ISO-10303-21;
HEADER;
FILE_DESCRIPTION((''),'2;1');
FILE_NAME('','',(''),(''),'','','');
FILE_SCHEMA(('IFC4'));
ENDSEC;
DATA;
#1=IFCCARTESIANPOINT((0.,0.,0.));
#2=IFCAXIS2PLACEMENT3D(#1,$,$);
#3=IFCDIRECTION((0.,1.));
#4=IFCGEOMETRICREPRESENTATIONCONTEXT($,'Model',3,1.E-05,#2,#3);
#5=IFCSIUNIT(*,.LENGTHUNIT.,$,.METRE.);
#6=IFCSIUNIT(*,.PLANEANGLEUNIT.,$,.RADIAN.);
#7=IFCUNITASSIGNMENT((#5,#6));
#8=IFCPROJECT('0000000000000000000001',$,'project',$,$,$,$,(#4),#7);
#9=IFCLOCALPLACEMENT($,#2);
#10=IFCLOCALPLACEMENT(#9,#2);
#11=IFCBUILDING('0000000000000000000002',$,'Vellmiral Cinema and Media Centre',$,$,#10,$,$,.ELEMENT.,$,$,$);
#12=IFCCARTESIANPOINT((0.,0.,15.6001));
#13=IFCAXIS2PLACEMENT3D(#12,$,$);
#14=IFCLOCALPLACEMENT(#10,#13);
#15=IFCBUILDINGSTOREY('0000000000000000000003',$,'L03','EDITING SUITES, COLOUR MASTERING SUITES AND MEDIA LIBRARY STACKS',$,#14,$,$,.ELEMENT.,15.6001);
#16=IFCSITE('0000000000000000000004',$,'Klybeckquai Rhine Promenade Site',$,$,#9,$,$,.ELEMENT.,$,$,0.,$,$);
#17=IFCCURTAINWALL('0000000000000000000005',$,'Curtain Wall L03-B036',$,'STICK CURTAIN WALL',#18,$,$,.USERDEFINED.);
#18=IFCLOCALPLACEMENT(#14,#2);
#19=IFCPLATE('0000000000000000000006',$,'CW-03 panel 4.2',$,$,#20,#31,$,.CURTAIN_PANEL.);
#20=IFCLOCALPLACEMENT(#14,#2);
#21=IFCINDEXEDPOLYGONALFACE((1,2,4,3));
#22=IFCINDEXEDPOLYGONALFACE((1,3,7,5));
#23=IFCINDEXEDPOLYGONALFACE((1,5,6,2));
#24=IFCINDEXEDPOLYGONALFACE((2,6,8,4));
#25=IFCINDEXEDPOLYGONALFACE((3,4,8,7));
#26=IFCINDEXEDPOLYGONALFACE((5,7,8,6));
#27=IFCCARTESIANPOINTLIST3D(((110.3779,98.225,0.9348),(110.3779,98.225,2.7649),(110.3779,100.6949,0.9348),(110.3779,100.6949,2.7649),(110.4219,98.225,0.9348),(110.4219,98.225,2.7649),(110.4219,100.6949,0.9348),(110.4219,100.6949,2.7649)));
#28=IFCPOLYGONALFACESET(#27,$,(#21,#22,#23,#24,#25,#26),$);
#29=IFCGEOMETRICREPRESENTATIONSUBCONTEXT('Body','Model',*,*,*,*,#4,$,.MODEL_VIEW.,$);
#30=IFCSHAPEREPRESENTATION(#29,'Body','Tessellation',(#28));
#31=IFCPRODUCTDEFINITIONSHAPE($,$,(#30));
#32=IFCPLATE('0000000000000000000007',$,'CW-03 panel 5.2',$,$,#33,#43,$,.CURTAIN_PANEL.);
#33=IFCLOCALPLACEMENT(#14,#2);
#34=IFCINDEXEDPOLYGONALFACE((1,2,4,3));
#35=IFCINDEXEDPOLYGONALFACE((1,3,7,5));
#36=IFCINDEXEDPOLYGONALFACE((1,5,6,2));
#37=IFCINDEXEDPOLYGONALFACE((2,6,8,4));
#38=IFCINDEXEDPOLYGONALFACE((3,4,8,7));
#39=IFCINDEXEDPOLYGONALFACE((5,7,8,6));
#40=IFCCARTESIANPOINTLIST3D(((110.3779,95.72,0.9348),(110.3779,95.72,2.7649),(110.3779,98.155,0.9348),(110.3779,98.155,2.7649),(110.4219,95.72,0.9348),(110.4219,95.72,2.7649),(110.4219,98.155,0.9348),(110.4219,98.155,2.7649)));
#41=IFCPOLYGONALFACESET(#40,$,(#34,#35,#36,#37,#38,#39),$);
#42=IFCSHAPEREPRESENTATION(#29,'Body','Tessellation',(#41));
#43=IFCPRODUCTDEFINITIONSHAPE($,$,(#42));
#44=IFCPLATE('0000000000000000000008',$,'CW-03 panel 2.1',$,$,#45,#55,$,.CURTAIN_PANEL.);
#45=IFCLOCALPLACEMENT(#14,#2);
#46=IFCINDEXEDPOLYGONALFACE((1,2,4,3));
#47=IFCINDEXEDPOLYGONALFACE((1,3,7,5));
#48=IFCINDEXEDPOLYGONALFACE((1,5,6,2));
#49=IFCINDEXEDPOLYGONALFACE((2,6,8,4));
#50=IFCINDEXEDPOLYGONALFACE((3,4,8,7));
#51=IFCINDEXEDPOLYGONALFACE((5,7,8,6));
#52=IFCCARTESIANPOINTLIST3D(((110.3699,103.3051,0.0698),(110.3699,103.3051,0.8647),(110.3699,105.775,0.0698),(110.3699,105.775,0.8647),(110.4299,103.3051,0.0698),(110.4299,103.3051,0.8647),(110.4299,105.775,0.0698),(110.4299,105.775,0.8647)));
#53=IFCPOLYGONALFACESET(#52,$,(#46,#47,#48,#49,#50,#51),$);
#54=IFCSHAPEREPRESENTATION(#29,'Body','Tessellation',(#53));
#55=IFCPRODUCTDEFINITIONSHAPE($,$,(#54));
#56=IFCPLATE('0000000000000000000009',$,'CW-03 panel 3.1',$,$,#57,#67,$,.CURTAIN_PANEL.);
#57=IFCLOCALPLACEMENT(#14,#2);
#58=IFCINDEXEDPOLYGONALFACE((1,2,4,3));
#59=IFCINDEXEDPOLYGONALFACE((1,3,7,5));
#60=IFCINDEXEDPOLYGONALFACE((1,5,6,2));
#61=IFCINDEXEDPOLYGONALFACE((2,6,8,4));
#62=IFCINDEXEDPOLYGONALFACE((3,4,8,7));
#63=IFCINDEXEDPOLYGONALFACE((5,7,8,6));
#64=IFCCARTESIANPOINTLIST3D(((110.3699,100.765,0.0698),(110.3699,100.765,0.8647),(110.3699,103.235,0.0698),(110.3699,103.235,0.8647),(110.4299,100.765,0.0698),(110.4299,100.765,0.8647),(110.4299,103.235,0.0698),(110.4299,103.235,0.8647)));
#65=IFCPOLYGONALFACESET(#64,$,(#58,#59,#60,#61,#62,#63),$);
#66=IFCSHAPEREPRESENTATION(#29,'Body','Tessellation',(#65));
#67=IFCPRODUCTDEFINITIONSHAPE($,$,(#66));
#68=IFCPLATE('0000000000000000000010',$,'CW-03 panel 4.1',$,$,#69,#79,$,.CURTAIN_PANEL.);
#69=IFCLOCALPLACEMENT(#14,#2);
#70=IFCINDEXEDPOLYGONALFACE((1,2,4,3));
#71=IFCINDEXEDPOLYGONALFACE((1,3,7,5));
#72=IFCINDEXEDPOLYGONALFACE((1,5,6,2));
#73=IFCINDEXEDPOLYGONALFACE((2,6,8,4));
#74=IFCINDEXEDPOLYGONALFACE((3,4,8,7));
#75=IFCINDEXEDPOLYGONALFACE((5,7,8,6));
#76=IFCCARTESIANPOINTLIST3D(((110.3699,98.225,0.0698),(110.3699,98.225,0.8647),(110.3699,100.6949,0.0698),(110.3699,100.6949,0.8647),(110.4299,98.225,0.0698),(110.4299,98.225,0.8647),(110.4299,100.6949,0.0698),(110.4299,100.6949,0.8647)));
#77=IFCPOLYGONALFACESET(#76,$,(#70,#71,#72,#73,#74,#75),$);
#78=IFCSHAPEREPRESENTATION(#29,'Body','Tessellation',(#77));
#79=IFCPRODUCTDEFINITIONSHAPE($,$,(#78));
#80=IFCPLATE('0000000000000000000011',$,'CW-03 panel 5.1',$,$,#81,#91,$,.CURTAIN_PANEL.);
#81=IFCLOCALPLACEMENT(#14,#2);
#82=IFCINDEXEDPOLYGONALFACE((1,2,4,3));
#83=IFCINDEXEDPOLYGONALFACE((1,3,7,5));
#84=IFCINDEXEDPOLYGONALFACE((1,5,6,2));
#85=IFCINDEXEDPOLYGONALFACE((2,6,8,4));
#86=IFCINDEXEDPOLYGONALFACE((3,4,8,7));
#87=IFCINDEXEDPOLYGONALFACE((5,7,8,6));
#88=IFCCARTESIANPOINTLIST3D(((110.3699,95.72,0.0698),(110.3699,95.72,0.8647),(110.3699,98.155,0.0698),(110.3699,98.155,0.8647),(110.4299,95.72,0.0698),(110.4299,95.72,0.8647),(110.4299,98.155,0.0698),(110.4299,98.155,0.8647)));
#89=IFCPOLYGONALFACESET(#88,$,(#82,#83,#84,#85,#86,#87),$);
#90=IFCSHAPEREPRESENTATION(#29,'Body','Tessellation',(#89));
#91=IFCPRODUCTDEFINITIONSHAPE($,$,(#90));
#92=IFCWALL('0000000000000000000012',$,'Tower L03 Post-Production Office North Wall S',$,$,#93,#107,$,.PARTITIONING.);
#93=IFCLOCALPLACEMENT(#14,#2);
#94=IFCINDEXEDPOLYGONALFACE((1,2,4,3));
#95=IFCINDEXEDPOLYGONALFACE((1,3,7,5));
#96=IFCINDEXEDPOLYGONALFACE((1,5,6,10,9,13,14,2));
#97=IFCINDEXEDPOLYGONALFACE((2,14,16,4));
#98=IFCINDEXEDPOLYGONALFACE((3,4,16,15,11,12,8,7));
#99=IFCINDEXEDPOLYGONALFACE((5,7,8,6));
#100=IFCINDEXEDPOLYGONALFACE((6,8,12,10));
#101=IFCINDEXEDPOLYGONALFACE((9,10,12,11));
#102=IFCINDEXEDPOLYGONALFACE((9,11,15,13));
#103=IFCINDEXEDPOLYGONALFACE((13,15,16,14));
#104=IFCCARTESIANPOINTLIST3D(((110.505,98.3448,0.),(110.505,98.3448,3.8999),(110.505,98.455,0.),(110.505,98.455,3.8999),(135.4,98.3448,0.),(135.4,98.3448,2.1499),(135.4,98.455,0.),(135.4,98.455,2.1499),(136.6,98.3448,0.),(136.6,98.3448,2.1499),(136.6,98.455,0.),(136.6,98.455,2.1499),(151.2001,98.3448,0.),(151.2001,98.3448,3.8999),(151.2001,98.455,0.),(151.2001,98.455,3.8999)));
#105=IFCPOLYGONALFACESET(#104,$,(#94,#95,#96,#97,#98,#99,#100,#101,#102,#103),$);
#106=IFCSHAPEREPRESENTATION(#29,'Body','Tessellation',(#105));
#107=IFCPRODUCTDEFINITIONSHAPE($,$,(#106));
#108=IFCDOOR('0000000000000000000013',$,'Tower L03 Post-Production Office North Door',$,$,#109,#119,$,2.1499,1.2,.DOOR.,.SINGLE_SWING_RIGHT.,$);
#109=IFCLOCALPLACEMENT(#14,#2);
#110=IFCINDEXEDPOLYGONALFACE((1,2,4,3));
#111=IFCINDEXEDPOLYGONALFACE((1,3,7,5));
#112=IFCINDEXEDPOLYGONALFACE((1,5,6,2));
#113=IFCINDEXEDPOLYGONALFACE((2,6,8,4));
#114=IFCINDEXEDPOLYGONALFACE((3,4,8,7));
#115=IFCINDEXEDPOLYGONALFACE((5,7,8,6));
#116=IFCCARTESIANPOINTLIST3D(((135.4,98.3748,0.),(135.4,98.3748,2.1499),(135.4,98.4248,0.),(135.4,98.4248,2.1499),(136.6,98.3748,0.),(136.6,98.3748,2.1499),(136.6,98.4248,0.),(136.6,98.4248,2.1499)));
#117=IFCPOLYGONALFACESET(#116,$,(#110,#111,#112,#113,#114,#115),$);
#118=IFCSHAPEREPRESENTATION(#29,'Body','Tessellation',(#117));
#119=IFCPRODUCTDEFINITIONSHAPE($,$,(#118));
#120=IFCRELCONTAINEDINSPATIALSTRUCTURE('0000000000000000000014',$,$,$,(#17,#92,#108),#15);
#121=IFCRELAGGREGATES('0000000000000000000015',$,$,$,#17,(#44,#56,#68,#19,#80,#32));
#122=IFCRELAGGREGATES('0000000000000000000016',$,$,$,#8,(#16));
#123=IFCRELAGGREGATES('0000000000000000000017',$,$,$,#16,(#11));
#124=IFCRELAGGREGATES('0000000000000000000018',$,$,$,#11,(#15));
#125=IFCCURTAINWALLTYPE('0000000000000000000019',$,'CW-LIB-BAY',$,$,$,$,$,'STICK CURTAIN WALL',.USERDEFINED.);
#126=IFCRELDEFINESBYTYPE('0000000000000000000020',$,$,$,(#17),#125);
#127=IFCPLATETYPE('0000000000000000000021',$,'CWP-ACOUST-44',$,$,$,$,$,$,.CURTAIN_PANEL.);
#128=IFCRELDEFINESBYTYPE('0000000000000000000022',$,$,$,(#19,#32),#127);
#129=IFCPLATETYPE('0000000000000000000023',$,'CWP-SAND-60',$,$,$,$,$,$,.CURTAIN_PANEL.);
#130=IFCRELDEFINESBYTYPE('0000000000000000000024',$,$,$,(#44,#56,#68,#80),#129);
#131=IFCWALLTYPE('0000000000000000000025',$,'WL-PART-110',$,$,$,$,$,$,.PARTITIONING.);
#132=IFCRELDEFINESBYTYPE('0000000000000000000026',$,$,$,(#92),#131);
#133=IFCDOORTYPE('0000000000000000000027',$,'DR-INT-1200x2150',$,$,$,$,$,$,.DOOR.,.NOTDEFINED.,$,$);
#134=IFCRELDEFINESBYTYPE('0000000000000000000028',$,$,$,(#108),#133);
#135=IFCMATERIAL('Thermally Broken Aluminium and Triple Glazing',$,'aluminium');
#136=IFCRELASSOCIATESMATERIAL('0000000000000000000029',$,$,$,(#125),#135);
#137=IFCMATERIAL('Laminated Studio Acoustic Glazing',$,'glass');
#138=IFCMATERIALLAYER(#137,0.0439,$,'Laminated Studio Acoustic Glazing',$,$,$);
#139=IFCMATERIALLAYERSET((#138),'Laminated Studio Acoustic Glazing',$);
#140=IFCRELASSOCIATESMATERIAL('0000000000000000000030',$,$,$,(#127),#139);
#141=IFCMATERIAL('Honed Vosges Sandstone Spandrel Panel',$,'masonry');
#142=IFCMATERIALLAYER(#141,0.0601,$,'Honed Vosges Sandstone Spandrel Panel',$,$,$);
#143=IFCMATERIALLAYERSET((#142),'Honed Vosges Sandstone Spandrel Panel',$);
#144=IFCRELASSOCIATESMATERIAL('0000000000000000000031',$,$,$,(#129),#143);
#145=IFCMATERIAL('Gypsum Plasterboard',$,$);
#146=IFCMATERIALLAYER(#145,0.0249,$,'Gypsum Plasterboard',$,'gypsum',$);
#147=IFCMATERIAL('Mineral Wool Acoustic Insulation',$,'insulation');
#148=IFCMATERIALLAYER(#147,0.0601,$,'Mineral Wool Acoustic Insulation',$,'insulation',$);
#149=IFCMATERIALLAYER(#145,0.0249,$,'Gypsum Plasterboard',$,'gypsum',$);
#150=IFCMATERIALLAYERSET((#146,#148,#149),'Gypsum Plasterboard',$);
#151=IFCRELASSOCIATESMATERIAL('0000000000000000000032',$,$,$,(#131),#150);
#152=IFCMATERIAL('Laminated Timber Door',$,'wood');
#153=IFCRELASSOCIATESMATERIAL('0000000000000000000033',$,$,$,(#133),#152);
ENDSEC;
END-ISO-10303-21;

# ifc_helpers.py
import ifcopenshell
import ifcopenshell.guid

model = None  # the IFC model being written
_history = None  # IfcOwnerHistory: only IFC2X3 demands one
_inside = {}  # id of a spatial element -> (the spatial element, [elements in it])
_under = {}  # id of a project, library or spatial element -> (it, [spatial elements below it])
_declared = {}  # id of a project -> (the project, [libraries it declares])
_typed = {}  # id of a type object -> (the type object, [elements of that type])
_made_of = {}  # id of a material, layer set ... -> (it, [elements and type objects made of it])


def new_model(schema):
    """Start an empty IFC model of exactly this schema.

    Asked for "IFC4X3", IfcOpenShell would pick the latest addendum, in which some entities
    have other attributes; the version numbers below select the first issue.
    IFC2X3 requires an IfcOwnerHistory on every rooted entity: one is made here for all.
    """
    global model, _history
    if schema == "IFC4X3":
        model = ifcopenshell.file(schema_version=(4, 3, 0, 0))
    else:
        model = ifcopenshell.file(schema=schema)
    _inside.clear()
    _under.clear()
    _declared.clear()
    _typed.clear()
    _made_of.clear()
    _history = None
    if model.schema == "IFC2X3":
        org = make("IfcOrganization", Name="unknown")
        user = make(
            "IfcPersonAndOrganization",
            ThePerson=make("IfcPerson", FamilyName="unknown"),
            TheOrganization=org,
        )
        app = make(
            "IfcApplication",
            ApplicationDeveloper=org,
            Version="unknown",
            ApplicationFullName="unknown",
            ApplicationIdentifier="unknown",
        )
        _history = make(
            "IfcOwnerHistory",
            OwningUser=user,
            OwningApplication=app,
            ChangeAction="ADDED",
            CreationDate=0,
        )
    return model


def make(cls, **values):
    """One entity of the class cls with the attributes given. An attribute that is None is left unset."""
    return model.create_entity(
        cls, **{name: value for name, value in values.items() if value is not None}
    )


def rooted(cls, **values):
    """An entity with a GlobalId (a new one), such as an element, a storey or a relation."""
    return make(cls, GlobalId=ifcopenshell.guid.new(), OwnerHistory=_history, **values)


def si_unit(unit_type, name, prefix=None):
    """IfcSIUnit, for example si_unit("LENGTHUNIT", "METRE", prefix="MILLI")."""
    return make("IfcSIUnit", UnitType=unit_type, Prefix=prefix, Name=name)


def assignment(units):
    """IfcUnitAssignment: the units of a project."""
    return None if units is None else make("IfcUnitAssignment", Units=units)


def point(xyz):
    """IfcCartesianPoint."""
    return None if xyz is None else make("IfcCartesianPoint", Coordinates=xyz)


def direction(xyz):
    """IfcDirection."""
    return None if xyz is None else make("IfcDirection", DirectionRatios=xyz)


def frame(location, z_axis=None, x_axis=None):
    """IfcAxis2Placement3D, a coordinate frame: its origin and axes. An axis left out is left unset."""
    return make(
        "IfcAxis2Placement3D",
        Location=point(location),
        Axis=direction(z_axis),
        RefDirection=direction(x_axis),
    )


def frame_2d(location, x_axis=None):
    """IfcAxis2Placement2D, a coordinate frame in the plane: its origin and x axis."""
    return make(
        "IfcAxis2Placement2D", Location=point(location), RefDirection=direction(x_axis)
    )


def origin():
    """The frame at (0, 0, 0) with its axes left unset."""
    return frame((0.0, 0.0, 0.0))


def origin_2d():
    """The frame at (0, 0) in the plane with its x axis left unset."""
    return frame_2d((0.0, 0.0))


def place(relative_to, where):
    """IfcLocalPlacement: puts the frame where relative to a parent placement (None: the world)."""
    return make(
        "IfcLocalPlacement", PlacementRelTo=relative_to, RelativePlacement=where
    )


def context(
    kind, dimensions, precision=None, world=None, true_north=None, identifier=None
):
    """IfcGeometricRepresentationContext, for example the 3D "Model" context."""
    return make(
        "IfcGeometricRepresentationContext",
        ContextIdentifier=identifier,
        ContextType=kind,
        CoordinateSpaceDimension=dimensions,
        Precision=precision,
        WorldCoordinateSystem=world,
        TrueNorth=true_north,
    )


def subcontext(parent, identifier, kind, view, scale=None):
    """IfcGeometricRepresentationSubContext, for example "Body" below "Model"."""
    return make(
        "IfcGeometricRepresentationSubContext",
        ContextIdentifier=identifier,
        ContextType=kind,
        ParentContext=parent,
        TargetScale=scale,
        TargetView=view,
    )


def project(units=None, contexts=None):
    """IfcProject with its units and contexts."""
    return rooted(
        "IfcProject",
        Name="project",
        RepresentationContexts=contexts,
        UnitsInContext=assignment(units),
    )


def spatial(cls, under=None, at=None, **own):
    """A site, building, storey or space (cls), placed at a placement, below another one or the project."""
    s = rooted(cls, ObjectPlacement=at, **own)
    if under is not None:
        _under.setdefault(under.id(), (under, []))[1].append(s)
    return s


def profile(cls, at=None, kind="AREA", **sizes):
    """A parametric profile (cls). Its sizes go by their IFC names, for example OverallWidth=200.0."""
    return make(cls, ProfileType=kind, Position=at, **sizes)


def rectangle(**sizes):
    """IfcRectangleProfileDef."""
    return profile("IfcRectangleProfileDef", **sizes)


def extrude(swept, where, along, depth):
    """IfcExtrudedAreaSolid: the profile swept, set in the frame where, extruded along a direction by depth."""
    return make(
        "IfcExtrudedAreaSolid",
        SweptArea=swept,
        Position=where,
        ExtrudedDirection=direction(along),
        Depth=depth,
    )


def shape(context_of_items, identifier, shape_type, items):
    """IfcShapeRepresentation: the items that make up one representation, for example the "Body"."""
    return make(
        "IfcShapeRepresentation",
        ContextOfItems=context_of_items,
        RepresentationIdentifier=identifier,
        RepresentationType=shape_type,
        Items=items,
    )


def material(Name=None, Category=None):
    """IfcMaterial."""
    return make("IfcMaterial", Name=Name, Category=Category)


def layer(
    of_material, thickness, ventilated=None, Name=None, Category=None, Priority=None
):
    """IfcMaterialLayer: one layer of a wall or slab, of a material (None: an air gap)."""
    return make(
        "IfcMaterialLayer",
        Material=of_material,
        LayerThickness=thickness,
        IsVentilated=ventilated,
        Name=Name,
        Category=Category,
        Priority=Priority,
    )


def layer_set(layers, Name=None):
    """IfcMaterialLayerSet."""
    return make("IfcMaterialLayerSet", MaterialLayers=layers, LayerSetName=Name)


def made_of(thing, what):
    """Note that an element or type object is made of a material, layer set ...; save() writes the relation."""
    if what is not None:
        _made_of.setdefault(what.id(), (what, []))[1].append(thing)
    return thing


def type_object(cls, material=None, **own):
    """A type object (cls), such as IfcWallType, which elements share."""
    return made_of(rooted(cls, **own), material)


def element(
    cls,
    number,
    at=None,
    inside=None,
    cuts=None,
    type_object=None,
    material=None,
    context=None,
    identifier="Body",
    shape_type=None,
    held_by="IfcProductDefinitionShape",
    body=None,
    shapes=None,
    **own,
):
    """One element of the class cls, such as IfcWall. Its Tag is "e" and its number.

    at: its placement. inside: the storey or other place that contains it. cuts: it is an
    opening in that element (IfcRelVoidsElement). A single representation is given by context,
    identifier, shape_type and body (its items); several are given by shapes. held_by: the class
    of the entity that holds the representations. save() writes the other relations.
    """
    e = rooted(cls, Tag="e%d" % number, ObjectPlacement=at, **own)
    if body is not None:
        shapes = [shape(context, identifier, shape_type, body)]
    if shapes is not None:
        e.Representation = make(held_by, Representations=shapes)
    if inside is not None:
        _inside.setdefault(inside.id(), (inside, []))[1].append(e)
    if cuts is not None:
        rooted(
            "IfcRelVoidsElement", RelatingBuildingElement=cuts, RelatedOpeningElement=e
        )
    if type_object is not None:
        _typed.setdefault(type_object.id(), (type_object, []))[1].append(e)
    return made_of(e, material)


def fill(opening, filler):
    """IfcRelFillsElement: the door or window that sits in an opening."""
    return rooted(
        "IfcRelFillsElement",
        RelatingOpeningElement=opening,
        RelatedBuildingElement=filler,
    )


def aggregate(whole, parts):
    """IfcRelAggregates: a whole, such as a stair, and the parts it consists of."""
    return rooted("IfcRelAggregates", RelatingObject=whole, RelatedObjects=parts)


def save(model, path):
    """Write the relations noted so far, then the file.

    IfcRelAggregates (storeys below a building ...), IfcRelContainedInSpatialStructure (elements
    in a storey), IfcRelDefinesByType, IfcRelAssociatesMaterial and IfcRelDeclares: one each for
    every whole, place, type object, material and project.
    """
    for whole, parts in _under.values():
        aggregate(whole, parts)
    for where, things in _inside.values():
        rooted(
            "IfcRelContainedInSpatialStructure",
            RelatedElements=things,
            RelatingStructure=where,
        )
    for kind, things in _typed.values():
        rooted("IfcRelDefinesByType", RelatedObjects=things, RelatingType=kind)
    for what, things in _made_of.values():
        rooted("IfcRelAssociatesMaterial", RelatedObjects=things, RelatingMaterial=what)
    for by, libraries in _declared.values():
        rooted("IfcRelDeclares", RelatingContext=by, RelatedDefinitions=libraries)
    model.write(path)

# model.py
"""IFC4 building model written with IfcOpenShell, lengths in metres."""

from ifc_helpers import new_model, si_unit, direction, frame, frame_2d, origin, origin_2d, place, context, subcontext, project, spatial, rectangle, extrude, material, layer, layer_set, type_object, element, fill, aggregate, save


model = new_model("IFC4")

# Units and contexts
model_context = context("Model", 3, precision=1e-05, world=origin(), true_north=direction((0.0, 1.0)))
body_context = subcontext(model_context, "Body", "Model", "MODEL_VIEW")
ifc_project = project(units=[si_unit("LENGTHUNIT", "METRE"), si_unit("PLANEANGLEUNIT", "RADIAN")], contexts=[model_context])

# Site, building, storey
site_placement = place(None, origin())
site = spatial("IfcSite", under=ifc_project, at=site_placement, Name="Klybeckquai Rhine Promenade Site", CompositionType="ELEMENT", RefElevation=0.0)
building_placement = place(site_placement, origin())
building = spatial("IfcBuilding", under=site, at=building_placement, Name="Vellmiral Cinema and Media Centre", CompositionType="ELEMENT")
storey_placement = place(building_placement, frame((0.0, 0.0, 15.6001)))
storey = spatial("IfcBuildingStorey", under=building, at=storey_placement, Name="L03", Description="EDITING SUITES, COLOUR MASTERING SUITES AND MEDIA LIBRARY STACKS", CompositionType="ELEMENT", Elevation=15.6001)

# Curtain wall
ifc_material_1 = material(Name="Thermally Broken Aluminium and Triple Glazing", Category="aluminium")
curtain_wall_type = type_object("IfcCurtainWallType", Name="CW-LIB-BAY", ElementType="STICK CURTAIN WALL", PredefinedType="USERDEFINED", material=ifc_material_1)
curtain_wall_placement = place(storey_placement, origin())
curtain_wall = element("IfcCurtainWall", 1, at=curtain_wall_placement, inside=storey, type_object=curtain_wall_type, Name="Curtain Wall L03-B036", ObjectType="STICK CURTAIN WALL", PredefinedType="USERDEFINED")

# Plates
ifc_material_2 = material(Name="Laminated Studio Acoustic Glazing", Category="glass")
ifc_layer_1 = layer(ifc_material_2, 0.0439, Name="Laminated Studio Acoustic Glazing")
ifc_layer_set_1 = layer_set([ifc_layer_1], Name="Laminated Studio Acoustic Glazing")
plate_type_1 = type_object("IfcPlateType", Name="CWP-ACOUST-44", PredefinedType="CURTAIN_PANEL", material=ifc_layer_set_1)
plate_1_placement = place(storey_placement, frame((110.3999, 99.46, 0.9348), z_axis=(0.0, 0.0, 1.0), x_axis=(0.0, -1.0, 0.0)))
plate_1 = element("IfcPlate", 2, at=plate_1_placement, type_object=plate_type_1, Name="CW-03 panel 4.2", PredefinedType="CURTAIN_PANEL", context=body_context, shape_type="SweptSolid", body=[
    extrude(rectangle(XDim=2.47, YDim=0.0439, at=origin_2d()), origin(), (0.0, 0.0, 1.0), 1.8301),
])
plate_2_placement = place(storey_placement, frame((110.3999, 96.9375, 0.9348), z_axis=(0.0, 0.0, 1.0), x_axis=(0.0, -1.0, 0.0)))
plate_2 = element("IfcPlate", 3, at=plate_2_placement, type_object=plate_type_1, Name="CW-03 panel 5.2", PredefinedType="CURTAIN_PANEL", context=body_context, shape_type="SweptSolid", body=[
    extrude(rectangle(XDim=2.4351, YDim=0.0439, at=origin_2d()), origin(), (0.0, 0.0, 1.0), 1.8301),
])
ifc_material_3 = material(Name="Honed Vosges Sandstone Spandrel Panel", Category="masonry")
ifc_layer_2 = layer(ifc_material_3, 0.0601, Name="Honed Vosges Sandstone Spandrel Panel")
ifc_layer_set_2 = layer_set([ifc_layer_2], Name="Honed Vosges Sandstone Spandrel Panel")
plate_type_2 = type_object("IfcPlateType", Name="CWP-SAND-60", PredefinedType="CURTAIN_PANEL", material=ifc_layer_set_2)
plate_3_placement = place(storey_placement, frame((110.3999, 104.54, 0.0698), z_axis=(0.0, 0.0, 1.0), x_axis=(0.0, -1.0, 0.0)))
plate_3 = element("IfcPlate", 4, at=plate_3_placement, type_object=plate_type_2, Name="CW-03 panel 2.1", PredefinedType="CURTAIN_PANEL", context=body_context, shape_type="SweptSolid", body=[
    extrude(rectangle(XDim=2.47, YDim=0.0601, at=origin_2d()), origin(), (0.0, 0.0, 1.0), 0.7949),
])
plate_4_placement = place(storey_placement, frame((110.3999, 102.0, 0.0698), z_axis=(0.0, 0.0, 1.0), x_axis=(0.0, -1.0, 0.0)))
plate_4 = element("IfcPlate", 5, at=plate_4_placement, type_object=plate_type_2, Name="CW-03 panel 3.1", PredefinedType="CURTAIN_PANEL", context=body_context, shape_type="SweptSolid", body=[
    extrude(rectangle(XDim=2.47, YDim=0.0601, at=origin_2d()), origin(), (0.0, 0.0, 1.0), 0.7949),
])
plate_5_placement = place(storey_placement, frame((110.3999, 99.46, 0.0698), z_axis=(0.0, 0.0, 1.0), x_axis=(0.0, -1.0, 0.0)))
plate_5 = element("IfcPlate", 6, at=plate_5_placement, type_object=plate_type_2, Name="CW-03 panel 4.1", PredefinedType="CURTAIN_PANEL", context=body_context, shape_type="SweptSolid", body=[
    extrude(rectangle(XDim=2.47, YDim=0.0601, at=origin_2d()), origin(), (0.0, 0.0, 1.0), 0.7949),
])
plate_6_placement = place(storey_placement, frame((110.3999, 96.9375, 0.0698), z_axis=(0.0, 0.0, 1.0), x_axis=(0.0, -1.0, 0.0)))
plate_6 = element("IfcPlate", 7, at=plate_6_placement, type_object=plate_type_2, Name="CW-03 panel 5.1", PredefinedType="CURTAIN_PANEL", context=body_context, shape_type="SweptSolid", body=[
    extrude(rectangle(XDim=2.4351, YDim=0.0601, at=origin_2d()), origin(), (0.0, 0.0, 1.0), 0.7949),
])
aggregate(curtain_wall, [plate_3, plate_4, plate_5, plate_1, plate_6, plate_2])

# Wall, opening, door
ifc_material_4 = material(Name="Gypsum Plasterboard")
ifc_layer_3 = layer(ifc_material_4, 0.0249, Name="Gypsum Plasterboard", Category="gypsum")
ifc_material_5 = material(Name="Mineral Wool Acoustic Insulation", Category="insulation")
ifc_layer_4 = layer(ifc_material_5, 0.0601, Name="Mineral Wool Acoustic Insulation", Category="insulation")
ifc_layer_5 = layer(ifc_material_4, 0.0249, Name="Gypsum Plasterboard", Category="gypsum")
ifc_layer_set_3 = layer_set([ifc_layer_3, ifc_layer_4, ifc_layer_5], Name="Gypsum Plasterboard")
wall_type = type_object("IfcWallType", Name="WL-PART-110", PredefinedType="PARTITIONING", material=ifc_layer_set_3)
wall_placement = place(storey_placement, frame((110.5049, 98.3999, 0.0), z_axis=(0.0, 0.0, 1.0), x_axis=(1.0, 0.0, 0.0)))
wall = element("IfcWall", 8, at=wall_placement, inside=storey, type_object=wall_type, Name="Tower L03 Post-Production Office North Wall S", PredefinedType="PARTITIONING", context=body_context, shape_type="SweptSolid", body=[
    extrude(rectangle(XDim=40.6951, YDim=0.1101, at=frame_2d((20.3477, 0.0))), origin(), (0.0, 0.0, 1.0), 3.8999),
])
opening_placement = place(wall_placement, frame((24.895, 0.0, 0.0)))
opening = element("IfcOpeningElement", 9, at=opening_placement, cuts=wall, PredefinedType="OPENING", context=body_context, shape_type="SweptSolid", body=[
    extrude(rectangle(XDim=1.2, YDim=2.1499, at=frame_2d((0.6001, 1.075))), frame((0.0, 0.0669, 0.0), z_axis=(0.0, -1.0, 0.0), x_axis=(1.0, 0.0, 0.0)), (0.0, 0.0, 1.0), 0.134),
])
ifc_material_6 = material(Name="Laminated Timber Door", Category="wood")
door_type = type_object("IfcDoorType", Name="DR-INT-1200x2150", OperationType="NOTDEFINED", PredefinedType="DOOR", material=ifc_material_6)
door_placement = place(opening_placement, origin())
door = element("IfcDoor", 10, at=door_placement, inside=storey, type_object=door_type, Name="Tower L03 Post-Production Office North Door", OperationType="SINGLE_SWING_RIGHT", OverallHeight=2.1499, OverallWidth=1.2, PredefinedType="DOOR", context=body_context, shape_type="SweptSolid", body=[
    extrude(rectangle(XDim=1.2, YDim=2.1499, at=frame_2d((0.6001, 1.075))), frame((0.0, 0.0249, 0.0), z_axis=(0.0, -1.0, 0.0), x_axis=(1.0, 0.0, 0.0)), (0.0, 0.0, 1.0), 0.05),
])
fill(opening, door)

save(model, "model.ifc")
